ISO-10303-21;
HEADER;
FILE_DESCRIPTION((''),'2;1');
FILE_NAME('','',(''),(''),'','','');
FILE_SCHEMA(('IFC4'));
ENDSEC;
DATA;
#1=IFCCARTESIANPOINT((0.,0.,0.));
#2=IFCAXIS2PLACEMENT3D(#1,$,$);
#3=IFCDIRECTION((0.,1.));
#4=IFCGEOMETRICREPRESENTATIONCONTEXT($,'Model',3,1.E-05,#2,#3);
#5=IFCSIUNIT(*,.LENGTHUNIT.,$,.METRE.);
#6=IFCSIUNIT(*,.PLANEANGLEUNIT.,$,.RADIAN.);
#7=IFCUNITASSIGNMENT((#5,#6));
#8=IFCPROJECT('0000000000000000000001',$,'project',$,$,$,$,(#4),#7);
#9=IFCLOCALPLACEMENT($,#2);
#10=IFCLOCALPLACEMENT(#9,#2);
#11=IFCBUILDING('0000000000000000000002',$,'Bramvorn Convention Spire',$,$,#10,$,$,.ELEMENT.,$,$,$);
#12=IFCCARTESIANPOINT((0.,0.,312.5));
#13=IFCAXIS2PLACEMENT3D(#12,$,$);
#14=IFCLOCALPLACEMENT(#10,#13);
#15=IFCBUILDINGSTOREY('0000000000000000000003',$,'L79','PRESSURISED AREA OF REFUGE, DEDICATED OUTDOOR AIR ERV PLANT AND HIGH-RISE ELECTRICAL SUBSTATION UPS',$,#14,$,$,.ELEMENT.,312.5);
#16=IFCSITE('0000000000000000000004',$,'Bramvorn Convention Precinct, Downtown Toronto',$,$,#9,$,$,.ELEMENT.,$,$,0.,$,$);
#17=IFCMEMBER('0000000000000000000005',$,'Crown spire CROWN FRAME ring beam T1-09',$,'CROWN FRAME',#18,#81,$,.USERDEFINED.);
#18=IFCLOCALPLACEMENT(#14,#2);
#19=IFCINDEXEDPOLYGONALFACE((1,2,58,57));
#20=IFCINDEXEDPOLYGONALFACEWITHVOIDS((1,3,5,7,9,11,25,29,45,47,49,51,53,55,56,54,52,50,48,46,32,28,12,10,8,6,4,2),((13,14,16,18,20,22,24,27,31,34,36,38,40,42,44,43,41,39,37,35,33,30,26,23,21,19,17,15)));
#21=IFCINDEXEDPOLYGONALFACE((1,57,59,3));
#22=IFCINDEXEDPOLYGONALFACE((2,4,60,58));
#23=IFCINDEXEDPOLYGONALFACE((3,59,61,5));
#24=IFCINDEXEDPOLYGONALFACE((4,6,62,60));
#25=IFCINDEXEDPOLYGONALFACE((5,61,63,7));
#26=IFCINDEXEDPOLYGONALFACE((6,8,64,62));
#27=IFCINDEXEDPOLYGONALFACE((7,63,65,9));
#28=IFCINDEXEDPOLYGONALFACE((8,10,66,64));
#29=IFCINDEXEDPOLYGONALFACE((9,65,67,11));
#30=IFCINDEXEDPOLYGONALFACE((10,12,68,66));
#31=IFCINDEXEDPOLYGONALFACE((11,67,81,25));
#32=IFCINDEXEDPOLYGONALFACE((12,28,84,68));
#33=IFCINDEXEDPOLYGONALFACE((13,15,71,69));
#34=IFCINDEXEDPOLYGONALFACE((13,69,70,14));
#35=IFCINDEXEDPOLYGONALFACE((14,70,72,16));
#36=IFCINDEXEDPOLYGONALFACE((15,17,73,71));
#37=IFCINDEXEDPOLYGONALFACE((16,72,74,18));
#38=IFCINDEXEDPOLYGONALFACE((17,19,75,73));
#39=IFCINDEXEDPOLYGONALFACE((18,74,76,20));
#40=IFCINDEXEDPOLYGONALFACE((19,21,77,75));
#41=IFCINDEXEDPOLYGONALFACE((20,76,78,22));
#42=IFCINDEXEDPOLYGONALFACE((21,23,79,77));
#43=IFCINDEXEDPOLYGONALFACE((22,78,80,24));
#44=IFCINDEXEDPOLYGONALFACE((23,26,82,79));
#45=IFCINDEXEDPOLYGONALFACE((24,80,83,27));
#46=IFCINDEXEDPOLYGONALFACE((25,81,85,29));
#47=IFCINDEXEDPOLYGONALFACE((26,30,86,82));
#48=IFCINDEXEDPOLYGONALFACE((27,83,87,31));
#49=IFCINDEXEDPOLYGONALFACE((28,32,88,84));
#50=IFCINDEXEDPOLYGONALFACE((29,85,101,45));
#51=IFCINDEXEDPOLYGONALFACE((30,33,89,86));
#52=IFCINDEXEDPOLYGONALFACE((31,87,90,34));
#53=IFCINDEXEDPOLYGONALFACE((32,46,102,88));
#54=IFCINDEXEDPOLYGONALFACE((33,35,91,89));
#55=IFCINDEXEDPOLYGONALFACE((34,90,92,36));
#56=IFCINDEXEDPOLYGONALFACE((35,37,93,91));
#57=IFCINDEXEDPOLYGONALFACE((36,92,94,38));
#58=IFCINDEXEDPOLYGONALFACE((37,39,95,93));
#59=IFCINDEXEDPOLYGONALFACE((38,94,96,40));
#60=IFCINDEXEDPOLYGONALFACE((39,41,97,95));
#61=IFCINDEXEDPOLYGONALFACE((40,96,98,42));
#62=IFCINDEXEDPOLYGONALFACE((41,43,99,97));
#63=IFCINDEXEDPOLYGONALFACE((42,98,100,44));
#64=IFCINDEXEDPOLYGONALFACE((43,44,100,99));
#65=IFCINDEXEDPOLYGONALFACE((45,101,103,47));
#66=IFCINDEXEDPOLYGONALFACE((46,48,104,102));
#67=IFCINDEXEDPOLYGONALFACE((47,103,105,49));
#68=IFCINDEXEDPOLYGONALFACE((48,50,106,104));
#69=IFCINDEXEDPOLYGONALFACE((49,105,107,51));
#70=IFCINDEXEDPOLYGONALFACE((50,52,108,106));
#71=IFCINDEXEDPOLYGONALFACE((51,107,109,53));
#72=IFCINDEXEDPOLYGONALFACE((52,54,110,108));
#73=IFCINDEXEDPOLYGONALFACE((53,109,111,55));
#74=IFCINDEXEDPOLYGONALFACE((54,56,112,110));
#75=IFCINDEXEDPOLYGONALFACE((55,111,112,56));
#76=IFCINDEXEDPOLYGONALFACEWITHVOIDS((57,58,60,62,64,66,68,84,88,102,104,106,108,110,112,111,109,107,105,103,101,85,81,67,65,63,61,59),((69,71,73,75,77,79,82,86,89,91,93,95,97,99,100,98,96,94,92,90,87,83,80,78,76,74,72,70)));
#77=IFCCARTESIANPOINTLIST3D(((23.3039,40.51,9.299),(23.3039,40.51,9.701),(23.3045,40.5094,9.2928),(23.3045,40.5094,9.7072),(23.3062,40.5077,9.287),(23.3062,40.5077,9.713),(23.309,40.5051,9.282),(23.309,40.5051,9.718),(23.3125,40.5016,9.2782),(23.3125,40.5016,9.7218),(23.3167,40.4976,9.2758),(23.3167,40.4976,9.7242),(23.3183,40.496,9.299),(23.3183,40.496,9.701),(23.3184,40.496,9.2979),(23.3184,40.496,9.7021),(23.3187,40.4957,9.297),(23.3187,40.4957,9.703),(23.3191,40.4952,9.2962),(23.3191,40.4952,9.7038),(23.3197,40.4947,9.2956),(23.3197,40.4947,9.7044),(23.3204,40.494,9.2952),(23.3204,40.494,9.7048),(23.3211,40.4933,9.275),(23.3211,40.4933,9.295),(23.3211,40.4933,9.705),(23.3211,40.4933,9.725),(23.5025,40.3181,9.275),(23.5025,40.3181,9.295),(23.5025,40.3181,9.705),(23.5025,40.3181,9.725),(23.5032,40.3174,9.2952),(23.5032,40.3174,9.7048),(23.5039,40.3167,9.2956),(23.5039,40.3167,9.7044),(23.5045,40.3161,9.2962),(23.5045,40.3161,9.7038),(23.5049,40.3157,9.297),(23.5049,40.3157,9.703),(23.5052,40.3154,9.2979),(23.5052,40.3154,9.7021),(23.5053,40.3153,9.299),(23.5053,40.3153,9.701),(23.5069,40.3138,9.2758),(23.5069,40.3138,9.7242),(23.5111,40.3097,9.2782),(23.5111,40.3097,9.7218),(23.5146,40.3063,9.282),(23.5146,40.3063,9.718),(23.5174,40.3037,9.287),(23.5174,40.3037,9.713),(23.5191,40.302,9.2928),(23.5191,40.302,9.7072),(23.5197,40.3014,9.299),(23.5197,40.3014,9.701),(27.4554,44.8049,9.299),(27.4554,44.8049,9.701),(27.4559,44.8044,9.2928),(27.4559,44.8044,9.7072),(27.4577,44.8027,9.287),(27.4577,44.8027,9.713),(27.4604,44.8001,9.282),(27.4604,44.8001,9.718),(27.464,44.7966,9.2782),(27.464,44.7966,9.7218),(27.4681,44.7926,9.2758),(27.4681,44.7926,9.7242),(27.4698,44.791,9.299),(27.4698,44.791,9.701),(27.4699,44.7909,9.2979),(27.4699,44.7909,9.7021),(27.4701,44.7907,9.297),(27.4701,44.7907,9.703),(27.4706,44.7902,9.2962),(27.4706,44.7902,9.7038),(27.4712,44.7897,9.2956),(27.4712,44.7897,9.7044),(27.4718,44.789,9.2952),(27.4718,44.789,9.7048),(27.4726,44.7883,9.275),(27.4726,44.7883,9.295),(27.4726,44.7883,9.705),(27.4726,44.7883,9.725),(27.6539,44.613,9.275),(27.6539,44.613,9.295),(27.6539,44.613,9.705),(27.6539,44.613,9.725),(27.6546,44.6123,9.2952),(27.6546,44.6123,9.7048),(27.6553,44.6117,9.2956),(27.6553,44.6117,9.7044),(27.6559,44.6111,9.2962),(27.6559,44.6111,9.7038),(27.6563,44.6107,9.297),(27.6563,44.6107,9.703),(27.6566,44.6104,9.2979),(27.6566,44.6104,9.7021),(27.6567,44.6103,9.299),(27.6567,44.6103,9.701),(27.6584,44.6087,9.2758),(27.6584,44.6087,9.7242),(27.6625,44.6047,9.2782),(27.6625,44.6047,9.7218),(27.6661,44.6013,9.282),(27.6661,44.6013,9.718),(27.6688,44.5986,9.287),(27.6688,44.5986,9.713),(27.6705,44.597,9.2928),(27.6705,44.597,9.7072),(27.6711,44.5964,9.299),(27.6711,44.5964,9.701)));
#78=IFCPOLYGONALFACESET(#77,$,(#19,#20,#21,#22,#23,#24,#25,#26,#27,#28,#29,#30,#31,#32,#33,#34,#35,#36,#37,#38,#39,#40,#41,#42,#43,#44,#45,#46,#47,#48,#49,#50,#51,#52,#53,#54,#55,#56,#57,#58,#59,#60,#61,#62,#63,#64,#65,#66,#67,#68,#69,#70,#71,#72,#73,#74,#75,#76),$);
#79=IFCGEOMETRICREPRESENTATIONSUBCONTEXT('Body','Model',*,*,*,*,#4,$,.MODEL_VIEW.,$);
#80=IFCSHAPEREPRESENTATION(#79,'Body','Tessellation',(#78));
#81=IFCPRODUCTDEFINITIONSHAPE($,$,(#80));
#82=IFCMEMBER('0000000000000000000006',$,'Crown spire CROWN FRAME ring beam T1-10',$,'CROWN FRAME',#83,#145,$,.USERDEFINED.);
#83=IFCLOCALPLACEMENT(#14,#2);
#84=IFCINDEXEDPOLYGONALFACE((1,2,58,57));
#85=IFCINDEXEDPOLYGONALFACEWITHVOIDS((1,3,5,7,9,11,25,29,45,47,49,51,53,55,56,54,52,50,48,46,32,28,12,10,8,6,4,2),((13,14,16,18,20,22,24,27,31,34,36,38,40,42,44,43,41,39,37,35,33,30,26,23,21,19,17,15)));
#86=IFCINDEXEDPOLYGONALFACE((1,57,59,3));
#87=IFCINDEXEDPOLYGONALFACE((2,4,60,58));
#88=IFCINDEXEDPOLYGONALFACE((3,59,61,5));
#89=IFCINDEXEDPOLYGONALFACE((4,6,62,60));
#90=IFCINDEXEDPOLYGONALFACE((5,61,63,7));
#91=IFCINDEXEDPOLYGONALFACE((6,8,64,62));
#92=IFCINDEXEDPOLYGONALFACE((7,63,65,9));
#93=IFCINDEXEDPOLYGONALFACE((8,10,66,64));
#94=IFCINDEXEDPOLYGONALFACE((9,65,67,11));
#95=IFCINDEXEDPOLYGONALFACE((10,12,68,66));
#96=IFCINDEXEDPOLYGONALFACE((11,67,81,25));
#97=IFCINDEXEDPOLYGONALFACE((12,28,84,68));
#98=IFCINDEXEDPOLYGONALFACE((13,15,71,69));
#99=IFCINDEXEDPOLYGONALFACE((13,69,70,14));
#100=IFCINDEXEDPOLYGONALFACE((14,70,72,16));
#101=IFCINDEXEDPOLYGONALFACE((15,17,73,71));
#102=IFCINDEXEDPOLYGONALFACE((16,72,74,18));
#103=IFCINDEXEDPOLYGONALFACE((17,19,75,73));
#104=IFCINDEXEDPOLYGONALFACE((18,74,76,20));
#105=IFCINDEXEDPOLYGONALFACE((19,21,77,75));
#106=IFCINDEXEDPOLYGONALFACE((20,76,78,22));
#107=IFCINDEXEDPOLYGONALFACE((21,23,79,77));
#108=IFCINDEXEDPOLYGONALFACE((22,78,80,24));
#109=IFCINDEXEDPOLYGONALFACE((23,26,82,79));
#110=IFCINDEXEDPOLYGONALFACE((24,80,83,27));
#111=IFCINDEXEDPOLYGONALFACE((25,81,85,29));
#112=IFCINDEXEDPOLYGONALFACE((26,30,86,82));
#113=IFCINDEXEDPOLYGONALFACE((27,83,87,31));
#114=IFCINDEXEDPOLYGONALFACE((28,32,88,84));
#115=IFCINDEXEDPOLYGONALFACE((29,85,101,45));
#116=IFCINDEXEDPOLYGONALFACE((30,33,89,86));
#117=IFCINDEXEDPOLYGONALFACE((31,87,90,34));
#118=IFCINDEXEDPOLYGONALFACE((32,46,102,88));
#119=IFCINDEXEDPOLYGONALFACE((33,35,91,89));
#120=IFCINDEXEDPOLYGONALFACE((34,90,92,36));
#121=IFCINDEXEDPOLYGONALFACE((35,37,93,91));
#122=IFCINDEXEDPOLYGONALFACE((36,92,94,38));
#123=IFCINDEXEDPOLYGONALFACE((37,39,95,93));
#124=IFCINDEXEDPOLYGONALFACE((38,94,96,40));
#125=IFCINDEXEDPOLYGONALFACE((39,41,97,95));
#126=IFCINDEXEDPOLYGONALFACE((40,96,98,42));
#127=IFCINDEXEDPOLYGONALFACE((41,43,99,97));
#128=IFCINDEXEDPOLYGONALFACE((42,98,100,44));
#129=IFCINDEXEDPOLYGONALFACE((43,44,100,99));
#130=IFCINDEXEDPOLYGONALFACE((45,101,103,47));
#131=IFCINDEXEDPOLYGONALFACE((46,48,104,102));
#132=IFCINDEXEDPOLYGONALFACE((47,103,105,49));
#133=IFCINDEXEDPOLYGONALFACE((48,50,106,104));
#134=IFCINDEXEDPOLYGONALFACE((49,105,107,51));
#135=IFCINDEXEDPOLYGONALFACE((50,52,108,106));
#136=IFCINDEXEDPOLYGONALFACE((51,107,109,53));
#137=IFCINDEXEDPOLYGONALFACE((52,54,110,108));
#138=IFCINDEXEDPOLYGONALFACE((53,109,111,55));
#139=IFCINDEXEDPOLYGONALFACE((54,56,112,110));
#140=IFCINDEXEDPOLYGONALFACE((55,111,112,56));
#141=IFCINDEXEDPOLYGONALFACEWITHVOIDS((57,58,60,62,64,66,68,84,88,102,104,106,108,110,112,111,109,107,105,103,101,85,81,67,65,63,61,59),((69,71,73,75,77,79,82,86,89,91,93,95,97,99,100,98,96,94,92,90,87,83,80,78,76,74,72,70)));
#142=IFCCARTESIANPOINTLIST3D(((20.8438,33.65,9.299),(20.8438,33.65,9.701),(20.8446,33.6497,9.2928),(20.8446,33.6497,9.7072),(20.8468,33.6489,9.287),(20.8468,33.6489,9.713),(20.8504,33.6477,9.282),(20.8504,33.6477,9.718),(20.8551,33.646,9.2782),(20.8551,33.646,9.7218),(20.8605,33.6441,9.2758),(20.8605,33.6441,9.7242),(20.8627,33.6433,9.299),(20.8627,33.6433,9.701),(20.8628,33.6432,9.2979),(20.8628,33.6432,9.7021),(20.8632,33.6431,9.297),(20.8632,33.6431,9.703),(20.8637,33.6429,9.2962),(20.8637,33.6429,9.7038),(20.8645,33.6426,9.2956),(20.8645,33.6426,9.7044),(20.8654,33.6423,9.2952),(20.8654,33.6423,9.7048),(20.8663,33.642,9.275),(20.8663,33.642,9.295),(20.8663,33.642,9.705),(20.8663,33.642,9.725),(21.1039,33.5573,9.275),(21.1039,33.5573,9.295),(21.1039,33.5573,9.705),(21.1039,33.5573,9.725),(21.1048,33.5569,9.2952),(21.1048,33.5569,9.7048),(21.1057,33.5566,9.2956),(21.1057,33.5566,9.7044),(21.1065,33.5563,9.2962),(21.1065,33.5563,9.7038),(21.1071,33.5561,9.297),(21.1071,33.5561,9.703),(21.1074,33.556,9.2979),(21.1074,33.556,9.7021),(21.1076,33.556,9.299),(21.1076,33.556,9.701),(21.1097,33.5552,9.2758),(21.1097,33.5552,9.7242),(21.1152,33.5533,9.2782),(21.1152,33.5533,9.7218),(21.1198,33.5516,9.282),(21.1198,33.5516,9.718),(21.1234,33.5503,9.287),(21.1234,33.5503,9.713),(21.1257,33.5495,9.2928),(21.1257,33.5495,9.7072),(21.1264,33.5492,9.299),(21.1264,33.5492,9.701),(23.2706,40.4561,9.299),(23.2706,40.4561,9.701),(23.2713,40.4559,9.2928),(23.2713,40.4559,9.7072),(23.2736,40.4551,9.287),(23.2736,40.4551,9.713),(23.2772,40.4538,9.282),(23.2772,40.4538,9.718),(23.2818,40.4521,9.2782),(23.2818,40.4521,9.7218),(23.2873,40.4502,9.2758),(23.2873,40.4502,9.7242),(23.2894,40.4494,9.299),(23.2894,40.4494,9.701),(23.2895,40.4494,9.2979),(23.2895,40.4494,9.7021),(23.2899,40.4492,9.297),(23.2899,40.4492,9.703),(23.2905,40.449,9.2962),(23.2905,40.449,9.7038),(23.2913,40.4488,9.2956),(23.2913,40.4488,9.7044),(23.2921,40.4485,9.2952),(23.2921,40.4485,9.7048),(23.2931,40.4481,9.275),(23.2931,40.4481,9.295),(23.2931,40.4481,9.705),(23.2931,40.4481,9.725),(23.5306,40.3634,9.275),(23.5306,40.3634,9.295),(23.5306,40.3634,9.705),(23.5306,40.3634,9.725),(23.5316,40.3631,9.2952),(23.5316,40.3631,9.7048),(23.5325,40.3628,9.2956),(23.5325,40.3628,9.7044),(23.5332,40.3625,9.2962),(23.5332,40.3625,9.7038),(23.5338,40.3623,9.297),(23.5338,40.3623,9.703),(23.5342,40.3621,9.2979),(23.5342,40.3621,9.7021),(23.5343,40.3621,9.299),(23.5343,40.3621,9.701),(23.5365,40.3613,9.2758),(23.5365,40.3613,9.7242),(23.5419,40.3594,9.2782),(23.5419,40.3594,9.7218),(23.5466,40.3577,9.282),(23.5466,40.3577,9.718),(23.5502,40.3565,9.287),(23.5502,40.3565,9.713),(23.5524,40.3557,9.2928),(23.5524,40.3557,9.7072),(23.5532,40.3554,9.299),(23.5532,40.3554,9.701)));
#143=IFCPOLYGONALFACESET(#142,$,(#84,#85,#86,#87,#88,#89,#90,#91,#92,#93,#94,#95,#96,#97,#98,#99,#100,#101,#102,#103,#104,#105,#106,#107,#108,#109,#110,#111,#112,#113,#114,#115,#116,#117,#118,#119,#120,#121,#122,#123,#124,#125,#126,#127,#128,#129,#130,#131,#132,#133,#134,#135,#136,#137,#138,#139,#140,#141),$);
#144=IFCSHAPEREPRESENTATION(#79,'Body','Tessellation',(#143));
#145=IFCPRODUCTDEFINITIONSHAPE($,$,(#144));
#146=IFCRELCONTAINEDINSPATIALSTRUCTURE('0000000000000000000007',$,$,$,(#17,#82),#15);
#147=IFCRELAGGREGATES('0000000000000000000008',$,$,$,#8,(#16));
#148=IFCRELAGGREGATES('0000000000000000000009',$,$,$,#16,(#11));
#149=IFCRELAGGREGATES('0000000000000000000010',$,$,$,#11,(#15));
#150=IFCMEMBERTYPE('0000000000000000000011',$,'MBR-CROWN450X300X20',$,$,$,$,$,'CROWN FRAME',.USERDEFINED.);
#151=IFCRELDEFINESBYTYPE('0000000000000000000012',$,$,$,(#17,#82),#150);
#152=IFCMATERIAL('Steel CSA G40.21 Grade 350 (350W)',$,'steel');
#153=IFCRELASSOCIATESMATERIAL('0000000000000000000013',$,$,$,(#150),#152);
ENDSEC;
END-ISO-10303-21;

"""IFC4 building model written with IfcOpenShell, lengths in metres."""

from ifc_helpers import new_model, si_unit, direction, frame, origin, origin_2d, place, context, subcontext, project, spatial, hollow_rectangle, extrude, material, material_profile, profile_set, type_object, element, save


model = new_model("IFC4")

# Units and contexts
model_context = context("Model", 3, precision=1e-05, world=origin(), true_north=direction((0.0, 1.0)))
body_context = subcontext(model_context, "Body", "Model", "MODEL_VIEW")
ifc_project = project(units=[si_unit("LENGTHUNIT", "METRE"), si_unit("PLANEANGLEUNIT", "RADIAN")], contexts=[model_context])

# Site, building, storey
site_placement = place(None, origin())
site = spatial("IfcSite", under=ifc_project, at=site_placement, Name="Bramvorn Convention Precinct, Downtown Toronto", CompositionType="ELEMENT", RefElevation=0.0)
building_placement = place(site_placement, origin())
building = spatial("IfcBuilding", under=site, at=building_placement, Name="Bramvorn Convention Spire", CompositionType="ELEMENT")
storey_placement = place(building_placement, frame((0.0, 0.0, 312.5)))
storey = spatial("IfcBuildingStorey", under=building, at=storey_placement, Name="L79", Description="PRESSURISED AREA OF REFUGE, DEDICATED OUTDOOR AIR ERV PLANT AND HIGH-RISE ELECTRICAL SUBSTATION UPS", CompositionType="ELEMENT", Elevation=312.5)

# Shared definitions
ifc_material_1 = material(Name="Steel CSA G40.21 Grade 350 (350W)", Category="steel")

# Members
ifc_material_profile_1 = material_profile(ifc_material_1, hollow_rectangle(XDim=0.3, YDim=0.45, WallThickness=0.02, InnerFilletRadius=0.0039, OuterFilletRadius=0.0239, at=origin_2d()))
ifc_profile_set_1 = profile_set([ifc_material_profile_1], Name="Steel CSA G40.21 Grade 350 (350W) - CROWN450X300X20")
member_type = type_object("IfcMemberType", Name="MBR-CROWN450X300X20", ElementType="CROWN FRAME", PredefinedType="USERDEFINED", material=ifc_profile_set_1)
for number, where, z_axis, x_axis, name in (
    (1, (27.5632, 44.7007, 9.5), (-0.694988, -0.719021, 0.0), (0.719021, -0.694988, 0.0), "Crown spire CROWN FRAME ring beam T1-09"),
):
    element("IfcMember", number, at=place(storey_placement, frame(where, z_axis=z_axis, x_axis=x_axis)), inside=storey, type_object=member_type, Name=name, ObjectType="CROWN FRAME", PredefinedType="USERDEFINED", context=body_context, shape_type="SweptSolid", body=[
        extrude(hollow_rectangle(XDim=0.3, YDim=0.45, WallThickness=0.02, InnerFilletRadius=0.0039, OuterFilletRadius=0.0239, at=origin_2d()), origin(), (0.0, 0.0, 1.0), 5.9734),
    ])
member_1_placement = place(storey_placement, frame((23.4119, 40.4058, 9.5), z_axis=(-0.335844, -0.941918, 0.0), x_axis=(0.941918, -0.335844, 0.0)))
element("IfcMember", 2, at=member_1_placement, inside=storey, type_object=member_type, Name="Crown spire CROWN FRAME ring beam T1-10", ObjectType="CROWN FRAME", PredefinedType="USERDEFINED", context=body_context, shape_type="SweptSolid", body=[
    extrude(hollow_rectangle(XDim=0.3, YDim=0.45, WallThickness=0.02, InnerFilletRadius=0.0039, OuterFilletRadius=0.0239, at=origin_2d()), origin(), (0.0, 0.0, 1.0), 7.2258),
])

save(model, "model.ifc")
